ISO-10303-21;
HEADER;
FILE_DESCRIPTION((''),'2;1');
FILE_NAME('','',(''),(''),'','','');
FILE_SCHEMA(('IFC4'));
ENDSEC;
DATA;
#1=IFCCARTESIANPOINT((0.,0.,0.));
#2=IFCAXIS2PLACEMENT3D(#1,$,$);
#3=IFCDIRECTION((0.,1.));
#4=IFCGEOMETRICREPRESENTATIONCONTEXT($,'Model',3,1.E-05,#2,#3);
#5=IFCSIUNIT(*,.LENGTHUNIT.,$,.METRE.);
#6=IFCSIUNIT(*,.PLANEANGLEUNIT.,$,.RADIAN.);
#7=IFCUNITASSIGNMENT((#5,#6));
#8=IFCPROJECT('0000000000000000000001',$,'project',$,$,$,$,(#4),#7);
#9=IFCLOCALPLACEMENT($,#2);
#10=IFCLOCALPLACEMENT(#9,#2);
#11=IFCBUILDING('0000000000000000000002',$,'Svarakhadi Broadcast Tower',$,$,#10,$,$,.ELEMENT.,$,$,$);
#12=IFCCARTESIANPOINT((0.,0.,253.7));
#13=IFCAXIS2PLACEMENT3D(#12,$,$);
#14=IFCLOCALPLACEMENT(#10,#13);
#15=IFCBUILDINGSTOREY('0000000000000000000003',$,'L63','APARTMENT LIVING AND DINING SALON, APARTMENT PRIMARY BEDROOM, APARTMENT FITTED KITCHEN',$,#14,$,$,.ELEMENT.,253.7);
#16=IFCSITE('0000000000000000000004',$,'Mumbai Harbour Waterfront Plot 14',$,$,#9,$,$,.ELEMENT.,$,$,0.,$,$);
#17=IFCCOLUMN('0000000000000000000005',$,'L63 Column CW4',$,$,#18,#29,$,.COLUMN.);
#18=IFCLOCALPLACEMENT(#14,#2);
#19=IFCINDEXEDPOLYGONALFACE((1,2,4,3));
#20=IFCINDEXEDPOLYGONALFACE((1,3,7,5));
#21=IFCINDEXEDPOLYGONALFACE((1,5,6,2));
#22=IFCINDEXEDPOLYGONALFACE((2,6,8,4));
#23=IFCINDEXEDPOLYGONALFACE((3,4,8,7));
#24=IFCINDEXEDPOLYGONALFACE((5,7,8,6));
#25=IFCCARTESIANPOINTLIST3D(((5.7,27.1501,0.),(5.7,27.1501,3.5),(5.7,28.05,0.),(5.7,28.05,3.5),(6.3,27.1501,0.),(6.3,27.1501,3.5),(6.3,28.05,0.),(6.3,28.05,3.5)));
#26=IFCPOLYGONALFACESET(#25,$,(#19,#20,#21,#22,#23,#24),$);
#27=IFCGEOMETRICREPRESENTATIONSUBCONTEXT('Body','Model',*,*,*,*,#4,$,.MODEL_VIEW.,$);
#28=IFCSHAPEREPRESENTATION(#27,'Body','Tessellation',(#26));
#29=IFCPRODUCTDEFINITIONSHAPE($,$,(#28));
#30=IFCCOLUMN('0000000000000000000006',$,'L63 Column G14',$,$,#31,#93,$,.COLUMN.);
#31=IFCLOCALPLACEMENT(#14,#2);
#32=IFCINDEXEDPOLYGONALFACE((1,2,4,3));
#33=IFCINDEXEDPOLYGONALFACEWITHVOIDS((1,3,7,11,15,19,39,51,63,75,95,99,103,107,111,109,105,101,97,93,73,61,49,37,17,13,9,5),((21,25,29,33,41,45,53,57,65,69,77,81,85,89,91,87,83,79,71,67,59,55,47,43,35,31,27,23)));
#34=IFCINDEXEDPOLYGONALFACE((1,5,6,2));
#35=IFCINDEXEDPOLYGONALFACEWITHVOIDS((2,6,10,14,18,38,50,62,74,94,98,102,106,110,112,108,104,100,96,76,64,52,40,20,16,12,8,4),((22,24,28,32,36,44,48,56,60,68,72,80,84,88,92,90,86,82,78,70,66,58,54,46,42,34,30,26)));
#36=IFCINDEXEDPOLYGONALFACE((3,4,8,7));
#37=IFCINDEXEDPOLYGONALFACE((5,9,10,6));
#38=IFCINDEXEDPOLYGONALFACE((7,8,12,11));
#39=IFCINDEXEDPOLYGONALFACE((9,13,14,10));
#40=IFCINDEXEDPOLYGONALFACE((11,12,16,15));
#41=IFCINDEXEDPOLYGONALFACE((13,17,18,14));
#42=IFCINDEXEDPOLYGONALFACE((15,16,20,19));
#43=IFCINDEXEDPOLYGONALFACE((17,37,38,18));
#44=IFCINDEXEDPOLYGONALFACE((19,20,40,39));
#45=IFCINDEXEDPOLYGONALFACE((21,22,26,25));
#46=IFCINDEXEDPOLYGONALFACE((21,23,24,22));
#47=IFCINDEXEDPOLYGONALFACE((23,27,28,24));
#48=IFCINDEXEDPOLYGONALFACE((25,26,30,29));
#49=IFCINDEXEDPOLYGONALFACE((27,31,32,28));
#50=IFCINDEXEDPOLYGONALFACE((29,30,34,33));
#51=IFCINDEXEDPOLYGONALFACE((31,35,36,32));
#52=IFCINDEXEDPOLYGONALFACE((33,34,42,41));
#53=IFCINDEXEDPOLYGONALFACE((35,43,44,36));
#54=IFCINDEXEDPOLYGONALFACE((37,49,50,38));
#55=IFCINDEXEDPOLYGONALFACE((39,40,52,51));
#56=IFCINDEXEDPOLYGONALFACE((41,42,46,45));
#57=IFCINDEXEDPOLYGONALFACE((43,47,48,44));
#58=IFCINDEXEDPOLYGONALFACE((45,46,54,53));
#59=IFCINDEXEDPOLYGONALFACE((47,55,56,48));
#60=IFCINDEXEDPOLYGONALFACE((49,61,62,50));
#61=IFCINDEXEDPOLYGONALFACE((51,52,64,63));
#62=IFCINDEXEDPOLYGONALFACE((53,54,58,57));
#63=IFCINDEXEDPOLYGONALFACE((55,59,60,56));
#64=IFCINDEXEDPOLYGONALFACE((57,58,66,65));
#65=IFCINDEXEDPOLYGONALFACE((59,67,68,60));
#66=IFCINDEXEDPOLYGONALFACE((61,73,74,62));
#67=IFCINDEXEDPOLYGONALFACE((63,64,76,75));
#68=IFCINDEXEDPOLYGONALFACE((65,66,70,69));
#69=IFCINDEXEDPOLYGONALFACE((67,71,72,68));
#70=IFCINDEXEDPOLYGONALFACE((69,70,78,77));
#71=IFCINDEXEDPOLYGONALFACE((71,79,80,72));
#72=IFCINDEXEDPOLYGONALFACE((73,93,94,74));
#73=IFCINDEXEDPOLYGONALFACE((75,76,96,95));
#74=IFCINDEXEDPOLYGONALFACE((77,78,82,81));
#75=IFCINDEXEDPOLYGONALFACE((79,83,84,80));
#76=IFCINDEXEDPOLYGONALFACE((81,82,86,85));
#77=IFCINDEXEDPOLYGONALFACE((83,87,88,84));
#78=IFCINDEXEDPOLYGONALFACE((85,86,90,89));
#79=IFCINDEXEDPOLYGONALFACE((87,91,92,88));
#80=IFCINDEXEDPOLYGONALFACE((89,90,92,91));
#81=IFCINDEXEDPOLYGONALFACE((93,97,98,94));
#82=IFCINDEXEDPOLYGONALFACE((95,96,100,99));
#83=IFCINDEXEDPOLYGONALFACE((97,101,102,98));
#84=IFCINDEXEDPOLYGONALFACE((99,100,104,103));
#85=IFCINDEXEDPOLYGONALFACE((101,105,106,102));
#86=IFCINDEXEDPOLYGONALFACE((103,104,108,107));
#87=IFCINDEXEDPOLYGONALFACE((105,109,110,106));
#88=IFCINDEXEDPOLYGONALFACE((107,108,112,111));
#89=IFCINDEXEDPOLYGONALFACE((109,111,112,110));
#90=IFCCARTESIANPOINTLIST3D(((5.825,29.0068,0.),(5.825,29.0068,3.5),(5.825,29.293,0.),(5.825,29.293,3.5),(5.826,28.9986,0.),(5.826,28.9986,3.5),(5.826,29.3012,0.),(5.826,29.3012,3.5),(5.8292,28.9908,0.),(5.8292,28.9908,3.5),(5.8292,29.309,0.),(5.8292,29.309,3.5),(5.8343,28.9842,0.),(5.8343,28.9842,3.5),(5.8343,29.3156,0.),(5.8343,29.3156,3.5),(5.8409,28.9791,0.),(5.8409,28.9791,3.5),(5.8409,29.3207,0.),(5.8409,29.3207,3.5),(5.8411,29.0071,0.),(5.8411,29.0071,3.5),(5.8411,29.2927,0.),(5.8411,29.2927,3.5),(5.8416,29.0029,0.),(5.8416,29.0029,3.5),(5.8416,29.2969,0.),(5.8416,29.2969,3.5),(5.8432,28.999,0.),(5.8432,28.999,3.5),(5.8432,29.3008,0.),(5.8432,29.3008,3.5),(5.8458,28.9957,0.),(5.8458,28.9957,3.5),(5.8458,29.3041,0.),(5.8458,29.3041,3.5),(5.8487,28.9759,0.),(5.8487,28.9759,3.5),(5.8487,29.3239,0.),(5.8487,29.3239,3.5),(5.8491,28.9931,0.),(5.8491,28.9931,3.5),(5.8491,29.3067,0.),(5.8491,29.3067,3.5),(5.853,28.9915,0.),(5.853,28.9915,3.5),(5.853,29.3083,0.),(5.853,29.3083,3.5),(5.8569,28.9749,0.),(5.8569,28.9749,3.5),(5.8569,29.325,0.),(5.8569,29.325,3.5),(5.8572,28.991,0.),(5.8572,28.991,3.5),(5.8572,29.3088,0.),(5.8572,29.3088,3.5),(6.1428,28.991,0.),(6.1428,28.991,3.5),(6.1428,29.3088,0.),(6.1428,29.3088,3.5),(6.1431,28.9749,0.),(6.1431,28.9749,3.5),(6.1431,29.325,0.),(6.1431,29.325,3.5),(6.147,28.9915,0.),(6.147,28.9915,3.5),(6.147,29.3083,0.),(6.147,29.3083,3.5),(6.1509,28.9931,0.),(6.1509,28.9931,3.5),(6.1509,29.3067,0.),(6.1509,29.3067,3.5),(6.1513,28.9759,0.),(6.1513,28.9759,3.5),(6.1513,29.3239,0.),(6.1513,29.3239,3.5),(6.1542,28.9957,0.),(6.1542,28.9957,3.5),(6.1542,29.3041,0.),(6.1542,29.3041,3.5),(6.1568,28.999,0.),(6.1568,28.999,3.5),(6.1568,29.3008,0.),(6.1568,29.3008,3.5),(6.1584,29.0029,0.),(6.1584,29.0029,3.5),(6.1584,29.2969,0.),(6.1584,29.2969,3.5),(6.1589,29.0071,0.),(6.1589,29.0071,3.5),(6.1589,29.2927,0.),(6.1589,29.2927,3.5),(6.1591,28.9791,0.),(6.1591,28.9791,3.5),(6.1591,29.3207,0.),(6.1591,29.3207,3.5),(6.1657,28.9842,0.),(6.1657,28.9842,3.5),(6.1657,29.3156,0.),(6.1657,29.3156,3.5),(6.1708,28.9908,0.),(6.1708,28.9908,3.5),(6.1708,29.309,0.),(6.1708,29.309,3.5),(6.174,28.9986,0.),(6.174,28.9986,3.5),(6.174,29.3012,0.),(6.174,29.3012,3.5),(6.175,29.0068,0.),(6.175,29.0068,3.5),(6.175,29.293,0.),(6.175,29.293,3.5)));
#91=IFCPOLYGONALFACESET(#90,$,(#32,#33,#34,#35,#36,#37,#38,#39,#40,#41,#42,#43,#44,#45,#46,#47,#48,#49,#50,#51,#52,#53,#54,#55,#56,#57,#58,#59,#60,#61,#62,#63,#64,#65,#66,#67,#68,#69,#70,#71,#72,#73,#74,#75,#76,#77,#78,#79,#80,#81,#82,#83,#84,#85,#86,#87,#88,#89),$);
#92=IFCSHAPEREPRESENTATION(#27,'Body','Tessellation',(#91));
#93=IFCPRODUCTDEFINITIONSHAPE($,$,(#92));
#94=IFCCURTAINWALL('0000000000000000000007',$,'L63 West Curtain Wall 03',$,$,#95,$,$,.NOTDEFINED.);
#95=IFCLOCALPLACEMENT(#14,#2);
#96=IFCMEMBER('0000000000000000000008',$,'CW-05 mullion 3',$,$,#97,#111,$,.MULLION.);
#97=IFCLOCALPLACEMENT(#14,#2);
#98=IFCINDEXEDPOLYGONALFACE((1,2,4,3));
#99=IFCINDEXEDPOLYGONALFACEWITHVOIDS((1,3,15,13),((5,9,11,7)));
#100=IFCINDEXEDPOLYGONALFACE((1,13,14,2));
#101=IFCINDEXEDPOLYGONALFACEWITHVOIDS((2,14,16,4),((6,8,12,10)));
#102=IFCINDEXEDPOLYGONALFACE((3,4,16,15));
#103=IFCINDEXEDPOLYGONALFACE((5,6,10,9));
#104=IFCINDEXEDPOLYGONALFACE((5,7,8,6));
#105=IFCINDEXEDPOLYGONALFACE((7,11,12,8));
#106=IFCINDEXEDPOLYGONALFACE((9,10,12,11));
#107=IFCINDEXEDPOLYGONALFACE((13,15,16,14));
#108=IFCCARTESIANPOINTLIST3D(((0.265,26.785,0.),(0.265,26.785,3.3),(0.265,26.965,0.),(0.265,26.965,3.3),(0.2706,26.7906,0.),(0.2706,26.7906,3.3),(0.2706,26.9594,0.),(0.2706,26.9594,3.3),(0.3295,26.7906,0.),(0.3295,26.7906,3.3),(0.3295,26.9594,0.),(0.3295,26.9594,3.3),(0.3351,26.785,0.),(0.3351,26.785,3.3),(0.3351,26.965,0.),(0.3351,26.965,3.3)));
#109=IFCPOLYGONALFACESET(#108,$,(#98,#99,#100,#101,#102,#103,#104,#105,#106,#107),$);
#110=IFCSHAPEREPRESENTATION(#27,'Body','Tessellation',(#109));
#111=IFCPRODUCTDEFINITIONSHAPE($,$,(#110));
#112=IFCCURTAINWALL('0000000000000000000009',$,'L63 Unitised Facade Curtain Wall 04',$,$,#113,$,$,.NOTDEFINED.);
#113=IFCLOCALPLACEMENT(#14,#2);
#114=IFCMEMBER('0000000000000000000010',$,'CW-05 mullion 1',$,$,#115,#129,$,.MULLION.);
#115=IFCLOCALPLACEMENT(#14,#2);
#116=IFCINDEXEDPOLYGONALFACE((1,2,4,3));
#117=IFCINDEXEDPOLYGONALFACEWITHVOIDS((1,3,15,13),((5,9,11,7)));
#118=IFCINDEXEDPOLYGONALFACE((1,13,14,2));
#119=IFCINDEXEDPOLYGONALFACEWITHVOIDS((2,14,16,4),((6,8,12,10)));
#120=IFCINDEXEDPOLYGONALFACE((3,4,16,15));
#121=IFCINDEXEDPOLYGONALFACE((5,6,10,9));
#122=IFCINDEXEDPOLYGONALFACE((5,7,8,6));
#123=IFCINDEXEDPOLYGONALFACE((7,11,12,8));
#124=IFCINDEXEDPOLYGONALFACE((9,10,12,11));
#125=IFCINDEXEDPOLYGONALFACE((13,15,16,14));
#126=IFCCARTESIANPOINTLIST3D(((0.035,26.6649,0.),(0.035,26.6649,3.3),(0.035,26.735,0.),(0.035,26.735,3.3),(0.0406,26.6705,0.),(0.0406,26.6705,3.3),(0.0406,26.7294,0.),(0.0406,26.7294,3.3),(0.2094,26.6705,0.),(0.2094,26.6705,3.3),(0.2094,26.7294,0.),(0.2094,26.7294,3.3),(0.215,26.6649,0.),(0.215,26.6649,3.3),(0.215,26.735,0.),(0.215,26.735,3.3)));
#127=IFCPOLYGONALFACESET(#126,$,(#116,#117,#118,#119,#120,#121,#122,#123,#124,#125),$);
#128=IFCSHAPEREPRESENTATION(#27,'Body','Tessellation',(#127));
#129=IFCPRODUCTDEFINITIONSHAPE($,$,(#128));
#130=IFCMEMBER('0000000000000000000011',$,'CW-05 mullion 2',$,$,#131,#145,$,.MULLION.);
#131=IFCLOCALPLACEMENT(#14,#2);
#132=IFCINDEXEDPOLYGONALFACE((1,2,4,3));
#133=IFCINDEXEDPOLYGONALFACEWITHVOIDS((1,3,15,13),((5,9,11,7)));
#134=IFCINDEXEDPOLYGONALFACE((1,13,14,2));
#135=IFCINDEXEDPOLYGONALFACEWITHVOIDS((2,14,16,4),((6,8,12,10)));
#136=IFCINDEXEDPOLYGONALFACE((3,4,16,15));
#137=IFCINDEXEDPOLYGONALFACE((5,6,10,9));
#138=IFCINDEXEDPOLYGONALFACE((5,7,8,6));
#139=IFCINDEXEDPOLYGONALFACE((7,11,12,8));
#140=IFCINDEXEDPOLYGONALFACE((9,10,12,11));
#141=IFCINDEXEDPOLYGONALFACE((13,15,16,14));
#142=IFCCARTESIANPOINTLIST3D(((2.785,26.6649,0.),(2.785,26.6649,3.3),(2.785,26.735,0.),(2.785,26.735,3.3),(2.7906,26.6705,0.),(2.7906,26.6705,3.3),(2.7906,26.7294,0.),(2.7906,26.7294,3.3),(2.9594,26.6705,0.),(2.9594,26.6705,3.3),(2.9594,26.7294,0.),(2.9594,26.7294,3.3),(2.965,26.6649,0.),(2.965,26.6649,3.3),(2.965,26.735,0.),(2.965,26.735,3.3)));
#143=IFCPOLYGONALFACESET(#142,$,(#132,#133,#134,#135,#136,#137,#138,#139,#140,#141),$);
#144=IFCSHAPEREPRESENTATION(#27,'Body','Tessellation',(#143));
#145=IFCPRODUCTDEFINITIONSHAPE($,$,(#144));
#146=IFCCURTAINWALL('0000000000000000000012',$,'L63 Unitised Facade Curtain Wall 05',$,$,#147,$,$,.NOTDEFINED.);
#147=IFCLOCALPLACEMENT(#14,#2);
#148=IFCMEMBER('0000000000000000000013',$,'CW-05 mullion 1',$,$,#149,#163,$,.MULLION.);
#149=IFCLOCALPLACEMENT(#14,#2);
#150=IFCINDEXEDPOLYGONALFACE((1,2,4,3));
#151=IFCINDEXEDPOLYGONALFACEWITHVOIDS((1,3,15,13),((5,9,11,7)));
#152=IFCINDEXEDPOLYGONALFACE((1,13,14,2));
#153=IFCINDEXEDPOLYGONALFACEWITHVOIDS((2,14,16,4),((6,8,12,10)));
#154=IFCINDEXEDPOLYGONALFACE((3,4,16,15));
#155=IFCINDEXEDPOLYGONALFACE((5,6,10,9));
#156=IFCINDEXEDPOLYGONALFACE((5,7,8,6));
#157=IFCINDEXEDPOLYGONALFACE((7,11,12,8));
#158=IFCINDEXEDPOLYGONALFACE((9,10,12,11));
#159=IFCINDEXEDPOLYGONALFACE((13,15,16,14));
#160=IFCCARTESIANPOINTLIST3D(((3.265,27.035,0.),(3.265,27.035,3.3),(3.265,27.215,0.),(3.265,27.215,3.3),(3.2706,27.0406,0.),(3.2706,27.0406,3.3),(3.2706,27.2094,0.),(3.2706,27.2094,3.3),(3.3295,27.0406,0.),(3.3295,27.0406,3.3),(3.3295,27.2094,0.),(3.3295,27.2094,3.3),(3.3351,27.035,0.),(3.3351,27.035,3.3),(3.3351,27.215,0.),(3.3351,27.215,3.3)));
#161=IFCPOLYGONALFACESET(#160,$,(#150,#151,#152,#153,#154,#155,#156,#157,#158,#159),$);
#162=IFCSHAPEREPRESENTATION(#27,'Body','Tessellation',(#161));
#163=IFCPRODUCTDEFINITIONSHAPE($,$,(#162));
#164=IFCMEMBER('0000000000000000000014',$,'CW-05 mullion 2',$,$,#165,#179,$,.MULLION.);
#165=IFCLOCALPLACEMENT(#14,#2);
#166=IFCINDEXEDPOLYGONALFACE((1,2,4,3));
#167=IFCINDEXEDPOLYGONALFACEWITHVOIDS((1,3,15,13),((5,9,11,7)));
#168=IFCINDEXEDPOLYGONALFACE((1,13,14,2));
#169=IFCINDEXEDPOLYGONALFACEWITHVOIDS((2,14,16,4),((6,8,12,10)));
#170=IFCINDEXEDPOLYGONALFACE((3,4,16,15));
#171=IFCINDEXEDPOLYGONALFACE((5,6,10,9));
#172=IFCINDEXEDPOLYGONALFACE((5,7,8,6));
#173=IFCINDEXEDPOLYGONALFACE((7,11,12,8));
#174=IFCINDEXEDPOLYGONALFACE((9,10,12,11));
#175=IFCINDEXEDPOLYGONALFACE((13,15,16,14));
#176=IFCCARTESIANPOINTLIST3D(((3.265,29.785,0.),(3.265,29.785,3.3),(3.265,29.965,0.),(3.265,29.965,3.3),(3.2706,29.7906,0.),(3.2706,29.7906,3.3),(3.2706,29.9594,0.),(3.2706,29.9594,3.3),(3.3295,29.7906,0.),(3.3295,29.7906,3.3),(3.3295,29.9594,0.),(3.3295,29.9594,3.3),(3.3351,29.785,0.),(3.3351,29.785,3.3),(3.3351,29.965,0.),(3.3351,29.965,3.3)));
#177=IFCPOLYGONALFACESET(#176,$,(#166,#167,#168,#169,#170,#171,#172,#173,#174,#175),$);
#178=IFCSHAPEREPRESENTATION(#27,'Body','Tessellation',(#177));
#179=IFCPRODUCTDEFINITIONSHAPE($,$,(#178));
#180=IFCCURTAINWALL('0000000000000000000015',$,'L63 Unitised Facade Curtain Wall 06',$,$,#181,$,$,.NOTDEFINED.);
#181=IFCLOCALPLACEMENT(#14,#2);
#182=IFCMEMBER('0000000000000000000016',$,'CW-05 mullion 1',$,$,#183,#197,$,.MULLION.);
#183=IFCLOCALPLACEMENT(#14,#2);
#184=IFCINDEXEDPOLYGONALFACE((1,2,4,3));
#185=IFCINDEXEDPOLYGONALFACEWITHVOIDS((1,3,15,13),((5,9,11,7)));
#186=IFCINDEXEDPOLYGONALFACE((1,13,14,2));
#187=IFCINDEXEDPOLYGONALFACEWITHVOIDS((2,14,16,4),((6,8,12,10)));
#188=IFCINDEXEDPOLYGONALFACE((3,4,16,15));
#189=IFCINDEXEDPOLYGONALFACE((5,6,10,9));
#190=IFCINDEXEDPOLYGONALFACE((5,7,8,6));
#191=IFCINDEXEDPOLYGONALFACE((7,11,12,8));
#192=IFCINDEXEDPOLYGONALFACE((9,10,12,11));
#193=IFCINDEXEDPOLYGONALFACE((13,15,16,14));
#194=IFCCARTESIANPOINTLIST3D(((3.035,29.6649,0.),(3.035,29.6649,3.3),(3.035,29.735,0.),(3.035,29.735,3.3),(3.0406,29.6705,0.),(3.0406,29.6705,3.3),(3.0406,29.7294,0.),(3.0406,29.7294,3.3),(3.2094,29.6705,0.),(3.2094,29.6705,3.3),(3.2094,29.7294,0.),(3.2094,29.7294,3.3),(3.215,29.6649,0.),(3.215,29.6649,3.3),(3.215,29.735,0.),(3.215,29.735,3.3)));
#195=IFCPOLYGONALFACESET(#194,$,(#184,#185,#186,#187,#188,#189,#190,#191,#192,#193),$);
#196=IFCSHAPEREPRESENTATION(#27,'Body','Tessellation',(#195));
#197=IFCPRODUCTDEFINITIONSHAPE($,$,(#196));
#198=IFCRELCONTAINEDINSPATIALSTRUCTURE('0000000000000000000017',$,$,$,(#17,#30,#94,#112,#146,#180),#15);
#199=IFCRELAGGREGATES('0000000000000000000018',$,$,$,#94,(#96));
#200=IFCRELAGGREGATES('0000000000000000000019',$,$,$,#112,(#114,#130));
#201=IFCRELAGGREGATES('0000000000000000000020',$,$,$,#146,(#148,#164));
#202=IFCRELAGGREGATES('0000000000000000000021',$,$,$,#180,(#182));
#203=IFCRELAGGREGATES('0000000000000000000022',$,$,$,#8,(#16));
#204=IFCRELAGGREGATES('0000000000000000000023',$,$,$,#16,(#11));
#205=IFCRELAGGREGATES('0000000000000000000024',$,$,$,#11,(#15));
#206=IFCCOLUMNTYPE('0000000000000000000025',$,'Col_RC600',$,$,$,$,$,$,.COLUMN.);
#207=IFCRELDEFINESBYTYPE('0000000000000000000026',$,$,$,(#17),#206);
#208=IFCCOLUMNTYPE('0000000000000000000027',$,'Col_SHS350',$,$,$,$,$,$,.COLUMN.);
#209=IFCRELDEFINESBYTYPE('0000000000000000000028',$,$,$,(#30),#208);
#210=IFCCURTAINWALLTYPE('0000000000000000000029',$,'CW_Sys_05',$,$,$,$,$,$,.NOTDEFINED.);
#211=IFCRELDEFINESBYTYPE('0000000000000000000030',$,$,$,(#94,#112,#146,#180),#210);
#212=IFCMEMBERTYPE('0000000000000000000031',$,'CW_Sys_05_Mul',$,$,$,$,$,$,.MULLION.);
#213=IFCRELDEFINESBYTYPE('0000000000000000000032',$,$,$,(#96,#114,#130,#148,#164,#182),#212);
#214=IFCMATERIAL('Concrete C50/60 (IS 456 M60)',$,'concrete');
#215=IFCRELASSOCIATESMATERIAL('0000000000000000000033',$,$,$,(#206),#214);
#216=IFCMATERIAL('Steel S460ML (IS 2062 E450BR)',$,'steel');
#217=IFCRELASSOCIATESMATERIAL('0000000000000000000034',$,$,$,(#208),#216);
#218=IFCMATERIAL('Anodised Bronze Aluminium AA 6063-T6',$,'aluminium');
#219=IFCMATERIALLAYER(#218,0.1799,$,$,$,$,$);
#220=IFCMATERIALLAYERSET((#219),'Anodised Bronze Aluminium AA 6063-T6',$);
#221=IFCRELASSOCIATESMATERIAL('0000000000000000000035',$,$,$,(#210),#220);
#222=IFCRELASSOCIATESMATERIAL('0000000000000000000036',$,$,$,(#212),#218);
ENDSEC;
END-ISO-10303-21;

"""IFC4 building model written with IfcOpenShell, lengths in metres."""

from ifc_helpers import new_model, si_unit, direction, frame, origin, origin_2d, place, context, subcontext, project, spatial, rectangle, hollow_rectangle, extrude, material, layer, layer_set, material_profile, profile_set, type_object, element, aggregate, save


model = new_model("IFC4")

# Units and contexts
model_context = context("Model", 3, precision=1e-05, world=origin(), true_north=direction((0.0, 1.0)))
body_context = subcontext(model_context, "Body", "Model", "MODEL_VIEW")
ifc_project = project(units=[si_unit("LENGTHUNIT", "METRE"), si_unit("PLANEANGLEUNIT", "RADIAN")], contexts=[model_context])

# Site, building, storey
site_placement = place(None, origin())
site = spatial("IfcSite", under=ifc_project, at=site_placement, Name="Mumbai Harbour Waterfront Plot 14", CompositionType="ELEMENT", RefElevation=0.0)
building_placement = place(site_placement, origin())
building = spatial("IfcBuilding", under=site, at=building_placement, Name="Svarakhadi Broadcast Tower", CompositionType="ELEMENT")
storey_placement = place(building_placement, frame((0.0, 0.0, 253.7)))
storey = spatial("IfcBuildingStorey", under=building, at=storey_placement, Name="L63", Description="APARTMENT LIVING AND DINING SALON, APARTMENT PRIMARY BEDROOM, APARTMENT FITTED KITCHEN", CompositionType="ELEMENT", Elevation=253.7)

# Columns
ifc_material_1 = material(Name="Concrete C50/60 (IS 456 M60)", Category="concrete")
ifc_material_profile_1 = material_profile(ifc_material_1, rectangle(XDim=0.6001, YDim=0.8999, at=origin_2d()), Name="RC 600x900")
ifc_profile_set_1 = profile_set([ifc_material_profile_1], Name="Concrete C50/60 (IS 456 M60)")
column_type_1 = type_object("IfcColumnType", Name="Col_RC600", PredefinedType="COLUMN", material=ifc_profile_set_1)
column_1_placement = place(storey_placement, frame((6.0, 27.6001, 0.0), z_axis=(0.0, 0.0, 1.0), x_axis=(1.0, 0.0, 0.0)))
element("IfcColumn", 1, at=column_1_placement, inside=storey, type_object=column_type_1, Name="L63 Column CW4", PredefinedType="COLUMN", context=body_context, shape_type="SweptSolid", body=[
    extrude(rectangle(XDim=0.6001, YDim=0.8999, at=origin_2d()), origin(), (0.0, 0.0, 1.0), 3.5),
])
ifc_material_2 = material(Name="Steel S460ML (IS 2062 E450BR)", Category="steel")
ifc_material_profile_2 = material_profile(ifc_material_2, hollow_rectangle(XDim=0.3501, YDim=0.3501, WallThickness=0.0161, InnerFilletRadius=0.0161, OuterFilletRadius=0.032, at=origin_2d()), Name="SHS 350x350x16")
ifc_profile_set_2 = profile_set([ifc_material_profile_2], Name="Steel S460ML (IS 2062 E450BR)")
column_type_2 = type_object("IfcColumnType", Name="Col_SHS350", PredefinedType="COLUMN", material=ifc_profile_set_2)
column_2_placement = place(storey_placement, frame((6.0, 29.1499, 0.0), z_axis=(0.0, 0.0, 1.0), x_axis=(1.0, 0.0, 0.0)))
element("IfcColumn", 2, at=column_2_placement, inside=storey, type_object=column_type_2, Name="L63 Column G14", PredefinedType="COLUMN", context=body_context, shape_type="SweptSolid", body=[
    extrude(hollow_rectangle(XDim=0.3501, YDim=0.3501, WallThickness=0.0161, InnerFilletRadius=0.0161, OuterFilletRadius=0.032, at=origin_2d()), origin(), (0.0, 0.0, 1.0), 3.5),
])

# Curtain wall, member
ifc_material_3 = material(Name="Anodised Bronze Aluminium AA 6063-T6", Category="aluminium")
ifc_layer_1 = layer(ifc_material_3, 0.1799)
ifc_layer_set_1 = layer_set([ifc_layer_1], Name="Anodised Bronze Aluminium AA 6063-T6")
curtain_wall_type = type_object("IfcCurtainWallType", Name="CW_Sys_05", PredefinedType="NOTDEFINED", material=ifc_layer_set_1)
curtain_wall_1_placement = place(storey_placement, origin())
curtain_wall_1 = element("IfcCurtainWall", 3, at=curtain_wall_1_placement, inside=storey, type_object=curtain_wall_type, Name="L63 West Curtain Wall 03", PredefinedType="NOTDEFINED")
ifc_material_profile_3 = material_profile(ifc_material_3, hollow_rectangle(XDim=0.0701, YDim=0.1799, WallThickness=0.0056, at=origin_2d()), Name="ALU MULLION 180x70x6")
ifc_profile_set_3 = profile_set([ifc_material_profile_3], Name="Anodised Bronze Aluminium AA 6063-T6")
member_type_1 = type_object("IfcMemberType", Name="CW_Sys_05_Mul", PredefinedType="MULLION", material=ifc_profile_set_3)
member_1_placement = place(storey_placement, frame((0.3, 26.875, 0.0), z_axis=(0.0, 0.0, 1.0), x_axis=(-1.0, 0.0, 0.0)))
member_1 = element("IfcMember", 4, at=member_1_placement, type_object=member_type_1, Name="CW-05 mullion 3", PredefinedType="MULLION", context=body_context, shape_type="SweptSolid", body=[
    extrude(hollow_rectangle(XDim=0.0701, YDim=0.1799, WallThickness=0.0056, at=origin_2d()), origin(), (0.0, 0.0, 1.0), 3.3),
])

# Curtain walls, members
curtain_wall_2_placement = place(storey_placement, origin())
curtain_wall_2 = element("IfcCurtainWall", 5, at=curtain_wall_2_placement, inside=storey, type_object=curtain_wall_type, Name="L63 Unitised Facade Curtain Wall 04", PredefinedType="NOTDEFINED")
member_2_placement = place(storey_placement, frame((0.125, 26.7, 0.0), z_axis=(0.0, 0.0, 1.0), x_axis=(0.0, 1.0, 0.0)))
member_2 = element("IfcMember", 6, at=member_2_placement, type_object=member_type_1, Name="CW-05 mullion 1", PredefinedType="MULLION", context=body_context, shape_type="SweptSolid", body=[
    extrude(hollow_rectangle(XDim=0.0701, YDim=0.1799, WallThickness=0.0056, at=origin_2d()), origin(), (0.0, 0.0, 1.0), 3.3),
])
member_3_placement = place(storey_placement, frame((2.875, 26.7, 0.0), z_axis=(0.0, 0.0, 1.0), x_axis=(0.0, 1.0, 0.0)))
member_3 = element("IfcMember", 7, at=member_3_placement, type_object=member_type_1, Name="CW-05 mullion 2", PredefinedType="MULLION", context=body_context, shape_type="SweptSolid", body=[
    extrude(hollow_rectangle(XDim=0.0701, YDim=0.1799, WallThickness=0.0056, at=origin_2d()), origin(), (0.0, 0.0, 1.0), 3.3),
])
curtain_wall_3_placement = place(storey_placement, origin())
curtain_wall_3 = element("IfcCurtainWall", 8, at=curtain_wall_3_placement, inside=storey, type_object=curtain_wall_type, Name="L63 Unitised Facade Curtain Wall 05", PredefinedType="NOTDEFINED")
member_4_placement = place(storey_placement, frame((3.3, 27.125, 0.0), z_axis=(0.0, 0.0, 1.0), x_axis=(-1.0, 0.0, 0.0)))
member_4 = element("IfcMember", 9, at=member_4_placement, type_object=member_type_1, Name="CW-05 mullion 1", PredefinedType="MULLION", context=body_context, shape_type="SweptSolid", body=[
    extrude(hollow_rectangle(XDim=0.0701, YDim=0.1799, WallThickness=0.0056, at=origin_2d()), origin(), (0.0, 0.0, 1.0), 3.3),
])
member_5_placement = place(storey_placement, frame((3.3, 29.875, 0.0), z_axis=(0.0, 0.0, 1.0), x_axis=(-1.0, 0.0, 0.0)))
member_5 = element("IfcMember", 10, at=member_5_placement, type_object=member_type_1, Name="CW-05 mullion 2", PredefinedType="MULLION", context=body_context, shape_type="SweptSolid", body=[
    extrude(hollow_rectangle(XDim=0.0701, YDim=0.1799, WallThickness=0.0056, at=origin_2d()), origin(), (0.0, 0.0, 1.0), 3.3),
])

# Curtain wall, member
curtain_wall_4_placement = place(storey_placement, origin())
curtain_wall_4 = element("IfcCurtainWall", 11, at=curtain_wall_4_placement, inside=storey, type_object=curtain_wall_type, Name="L63 Unitised Facade Curtain Wall 06", PredefinedType="NOTDEFINED")
member_6_placement = place(storey_placement, frame((3.125, 29.7, 0.0), z_axis=(0.0, 0.0, 1.0), x_axis=(0.0, 1.0, 0.0)))
member_6 = element("IfcMember", 12, at=member_6_placement, type_object=member_type_1, Name="CW-05 mullion 1", PredefinedType="MULLION", context=body_context, shape_type="SweptSolid", body=[
    extrude(hollow_rectangle(XDim=0.0701, YDim=0.1799, WallThickness=0.0056, at=origin_2d()), origin(), (0.0, 0.0, 1.0), 3.3),
])

aggregate(curtain_wall_1, [member_1])
aggregate(curtain_wall_2, [member_2, member_3])
aggregate(curtain_wall_3, [member_4, member_5])
aggregate(curtain_wall_4, [member_6])

save(model, "model.ifc")
